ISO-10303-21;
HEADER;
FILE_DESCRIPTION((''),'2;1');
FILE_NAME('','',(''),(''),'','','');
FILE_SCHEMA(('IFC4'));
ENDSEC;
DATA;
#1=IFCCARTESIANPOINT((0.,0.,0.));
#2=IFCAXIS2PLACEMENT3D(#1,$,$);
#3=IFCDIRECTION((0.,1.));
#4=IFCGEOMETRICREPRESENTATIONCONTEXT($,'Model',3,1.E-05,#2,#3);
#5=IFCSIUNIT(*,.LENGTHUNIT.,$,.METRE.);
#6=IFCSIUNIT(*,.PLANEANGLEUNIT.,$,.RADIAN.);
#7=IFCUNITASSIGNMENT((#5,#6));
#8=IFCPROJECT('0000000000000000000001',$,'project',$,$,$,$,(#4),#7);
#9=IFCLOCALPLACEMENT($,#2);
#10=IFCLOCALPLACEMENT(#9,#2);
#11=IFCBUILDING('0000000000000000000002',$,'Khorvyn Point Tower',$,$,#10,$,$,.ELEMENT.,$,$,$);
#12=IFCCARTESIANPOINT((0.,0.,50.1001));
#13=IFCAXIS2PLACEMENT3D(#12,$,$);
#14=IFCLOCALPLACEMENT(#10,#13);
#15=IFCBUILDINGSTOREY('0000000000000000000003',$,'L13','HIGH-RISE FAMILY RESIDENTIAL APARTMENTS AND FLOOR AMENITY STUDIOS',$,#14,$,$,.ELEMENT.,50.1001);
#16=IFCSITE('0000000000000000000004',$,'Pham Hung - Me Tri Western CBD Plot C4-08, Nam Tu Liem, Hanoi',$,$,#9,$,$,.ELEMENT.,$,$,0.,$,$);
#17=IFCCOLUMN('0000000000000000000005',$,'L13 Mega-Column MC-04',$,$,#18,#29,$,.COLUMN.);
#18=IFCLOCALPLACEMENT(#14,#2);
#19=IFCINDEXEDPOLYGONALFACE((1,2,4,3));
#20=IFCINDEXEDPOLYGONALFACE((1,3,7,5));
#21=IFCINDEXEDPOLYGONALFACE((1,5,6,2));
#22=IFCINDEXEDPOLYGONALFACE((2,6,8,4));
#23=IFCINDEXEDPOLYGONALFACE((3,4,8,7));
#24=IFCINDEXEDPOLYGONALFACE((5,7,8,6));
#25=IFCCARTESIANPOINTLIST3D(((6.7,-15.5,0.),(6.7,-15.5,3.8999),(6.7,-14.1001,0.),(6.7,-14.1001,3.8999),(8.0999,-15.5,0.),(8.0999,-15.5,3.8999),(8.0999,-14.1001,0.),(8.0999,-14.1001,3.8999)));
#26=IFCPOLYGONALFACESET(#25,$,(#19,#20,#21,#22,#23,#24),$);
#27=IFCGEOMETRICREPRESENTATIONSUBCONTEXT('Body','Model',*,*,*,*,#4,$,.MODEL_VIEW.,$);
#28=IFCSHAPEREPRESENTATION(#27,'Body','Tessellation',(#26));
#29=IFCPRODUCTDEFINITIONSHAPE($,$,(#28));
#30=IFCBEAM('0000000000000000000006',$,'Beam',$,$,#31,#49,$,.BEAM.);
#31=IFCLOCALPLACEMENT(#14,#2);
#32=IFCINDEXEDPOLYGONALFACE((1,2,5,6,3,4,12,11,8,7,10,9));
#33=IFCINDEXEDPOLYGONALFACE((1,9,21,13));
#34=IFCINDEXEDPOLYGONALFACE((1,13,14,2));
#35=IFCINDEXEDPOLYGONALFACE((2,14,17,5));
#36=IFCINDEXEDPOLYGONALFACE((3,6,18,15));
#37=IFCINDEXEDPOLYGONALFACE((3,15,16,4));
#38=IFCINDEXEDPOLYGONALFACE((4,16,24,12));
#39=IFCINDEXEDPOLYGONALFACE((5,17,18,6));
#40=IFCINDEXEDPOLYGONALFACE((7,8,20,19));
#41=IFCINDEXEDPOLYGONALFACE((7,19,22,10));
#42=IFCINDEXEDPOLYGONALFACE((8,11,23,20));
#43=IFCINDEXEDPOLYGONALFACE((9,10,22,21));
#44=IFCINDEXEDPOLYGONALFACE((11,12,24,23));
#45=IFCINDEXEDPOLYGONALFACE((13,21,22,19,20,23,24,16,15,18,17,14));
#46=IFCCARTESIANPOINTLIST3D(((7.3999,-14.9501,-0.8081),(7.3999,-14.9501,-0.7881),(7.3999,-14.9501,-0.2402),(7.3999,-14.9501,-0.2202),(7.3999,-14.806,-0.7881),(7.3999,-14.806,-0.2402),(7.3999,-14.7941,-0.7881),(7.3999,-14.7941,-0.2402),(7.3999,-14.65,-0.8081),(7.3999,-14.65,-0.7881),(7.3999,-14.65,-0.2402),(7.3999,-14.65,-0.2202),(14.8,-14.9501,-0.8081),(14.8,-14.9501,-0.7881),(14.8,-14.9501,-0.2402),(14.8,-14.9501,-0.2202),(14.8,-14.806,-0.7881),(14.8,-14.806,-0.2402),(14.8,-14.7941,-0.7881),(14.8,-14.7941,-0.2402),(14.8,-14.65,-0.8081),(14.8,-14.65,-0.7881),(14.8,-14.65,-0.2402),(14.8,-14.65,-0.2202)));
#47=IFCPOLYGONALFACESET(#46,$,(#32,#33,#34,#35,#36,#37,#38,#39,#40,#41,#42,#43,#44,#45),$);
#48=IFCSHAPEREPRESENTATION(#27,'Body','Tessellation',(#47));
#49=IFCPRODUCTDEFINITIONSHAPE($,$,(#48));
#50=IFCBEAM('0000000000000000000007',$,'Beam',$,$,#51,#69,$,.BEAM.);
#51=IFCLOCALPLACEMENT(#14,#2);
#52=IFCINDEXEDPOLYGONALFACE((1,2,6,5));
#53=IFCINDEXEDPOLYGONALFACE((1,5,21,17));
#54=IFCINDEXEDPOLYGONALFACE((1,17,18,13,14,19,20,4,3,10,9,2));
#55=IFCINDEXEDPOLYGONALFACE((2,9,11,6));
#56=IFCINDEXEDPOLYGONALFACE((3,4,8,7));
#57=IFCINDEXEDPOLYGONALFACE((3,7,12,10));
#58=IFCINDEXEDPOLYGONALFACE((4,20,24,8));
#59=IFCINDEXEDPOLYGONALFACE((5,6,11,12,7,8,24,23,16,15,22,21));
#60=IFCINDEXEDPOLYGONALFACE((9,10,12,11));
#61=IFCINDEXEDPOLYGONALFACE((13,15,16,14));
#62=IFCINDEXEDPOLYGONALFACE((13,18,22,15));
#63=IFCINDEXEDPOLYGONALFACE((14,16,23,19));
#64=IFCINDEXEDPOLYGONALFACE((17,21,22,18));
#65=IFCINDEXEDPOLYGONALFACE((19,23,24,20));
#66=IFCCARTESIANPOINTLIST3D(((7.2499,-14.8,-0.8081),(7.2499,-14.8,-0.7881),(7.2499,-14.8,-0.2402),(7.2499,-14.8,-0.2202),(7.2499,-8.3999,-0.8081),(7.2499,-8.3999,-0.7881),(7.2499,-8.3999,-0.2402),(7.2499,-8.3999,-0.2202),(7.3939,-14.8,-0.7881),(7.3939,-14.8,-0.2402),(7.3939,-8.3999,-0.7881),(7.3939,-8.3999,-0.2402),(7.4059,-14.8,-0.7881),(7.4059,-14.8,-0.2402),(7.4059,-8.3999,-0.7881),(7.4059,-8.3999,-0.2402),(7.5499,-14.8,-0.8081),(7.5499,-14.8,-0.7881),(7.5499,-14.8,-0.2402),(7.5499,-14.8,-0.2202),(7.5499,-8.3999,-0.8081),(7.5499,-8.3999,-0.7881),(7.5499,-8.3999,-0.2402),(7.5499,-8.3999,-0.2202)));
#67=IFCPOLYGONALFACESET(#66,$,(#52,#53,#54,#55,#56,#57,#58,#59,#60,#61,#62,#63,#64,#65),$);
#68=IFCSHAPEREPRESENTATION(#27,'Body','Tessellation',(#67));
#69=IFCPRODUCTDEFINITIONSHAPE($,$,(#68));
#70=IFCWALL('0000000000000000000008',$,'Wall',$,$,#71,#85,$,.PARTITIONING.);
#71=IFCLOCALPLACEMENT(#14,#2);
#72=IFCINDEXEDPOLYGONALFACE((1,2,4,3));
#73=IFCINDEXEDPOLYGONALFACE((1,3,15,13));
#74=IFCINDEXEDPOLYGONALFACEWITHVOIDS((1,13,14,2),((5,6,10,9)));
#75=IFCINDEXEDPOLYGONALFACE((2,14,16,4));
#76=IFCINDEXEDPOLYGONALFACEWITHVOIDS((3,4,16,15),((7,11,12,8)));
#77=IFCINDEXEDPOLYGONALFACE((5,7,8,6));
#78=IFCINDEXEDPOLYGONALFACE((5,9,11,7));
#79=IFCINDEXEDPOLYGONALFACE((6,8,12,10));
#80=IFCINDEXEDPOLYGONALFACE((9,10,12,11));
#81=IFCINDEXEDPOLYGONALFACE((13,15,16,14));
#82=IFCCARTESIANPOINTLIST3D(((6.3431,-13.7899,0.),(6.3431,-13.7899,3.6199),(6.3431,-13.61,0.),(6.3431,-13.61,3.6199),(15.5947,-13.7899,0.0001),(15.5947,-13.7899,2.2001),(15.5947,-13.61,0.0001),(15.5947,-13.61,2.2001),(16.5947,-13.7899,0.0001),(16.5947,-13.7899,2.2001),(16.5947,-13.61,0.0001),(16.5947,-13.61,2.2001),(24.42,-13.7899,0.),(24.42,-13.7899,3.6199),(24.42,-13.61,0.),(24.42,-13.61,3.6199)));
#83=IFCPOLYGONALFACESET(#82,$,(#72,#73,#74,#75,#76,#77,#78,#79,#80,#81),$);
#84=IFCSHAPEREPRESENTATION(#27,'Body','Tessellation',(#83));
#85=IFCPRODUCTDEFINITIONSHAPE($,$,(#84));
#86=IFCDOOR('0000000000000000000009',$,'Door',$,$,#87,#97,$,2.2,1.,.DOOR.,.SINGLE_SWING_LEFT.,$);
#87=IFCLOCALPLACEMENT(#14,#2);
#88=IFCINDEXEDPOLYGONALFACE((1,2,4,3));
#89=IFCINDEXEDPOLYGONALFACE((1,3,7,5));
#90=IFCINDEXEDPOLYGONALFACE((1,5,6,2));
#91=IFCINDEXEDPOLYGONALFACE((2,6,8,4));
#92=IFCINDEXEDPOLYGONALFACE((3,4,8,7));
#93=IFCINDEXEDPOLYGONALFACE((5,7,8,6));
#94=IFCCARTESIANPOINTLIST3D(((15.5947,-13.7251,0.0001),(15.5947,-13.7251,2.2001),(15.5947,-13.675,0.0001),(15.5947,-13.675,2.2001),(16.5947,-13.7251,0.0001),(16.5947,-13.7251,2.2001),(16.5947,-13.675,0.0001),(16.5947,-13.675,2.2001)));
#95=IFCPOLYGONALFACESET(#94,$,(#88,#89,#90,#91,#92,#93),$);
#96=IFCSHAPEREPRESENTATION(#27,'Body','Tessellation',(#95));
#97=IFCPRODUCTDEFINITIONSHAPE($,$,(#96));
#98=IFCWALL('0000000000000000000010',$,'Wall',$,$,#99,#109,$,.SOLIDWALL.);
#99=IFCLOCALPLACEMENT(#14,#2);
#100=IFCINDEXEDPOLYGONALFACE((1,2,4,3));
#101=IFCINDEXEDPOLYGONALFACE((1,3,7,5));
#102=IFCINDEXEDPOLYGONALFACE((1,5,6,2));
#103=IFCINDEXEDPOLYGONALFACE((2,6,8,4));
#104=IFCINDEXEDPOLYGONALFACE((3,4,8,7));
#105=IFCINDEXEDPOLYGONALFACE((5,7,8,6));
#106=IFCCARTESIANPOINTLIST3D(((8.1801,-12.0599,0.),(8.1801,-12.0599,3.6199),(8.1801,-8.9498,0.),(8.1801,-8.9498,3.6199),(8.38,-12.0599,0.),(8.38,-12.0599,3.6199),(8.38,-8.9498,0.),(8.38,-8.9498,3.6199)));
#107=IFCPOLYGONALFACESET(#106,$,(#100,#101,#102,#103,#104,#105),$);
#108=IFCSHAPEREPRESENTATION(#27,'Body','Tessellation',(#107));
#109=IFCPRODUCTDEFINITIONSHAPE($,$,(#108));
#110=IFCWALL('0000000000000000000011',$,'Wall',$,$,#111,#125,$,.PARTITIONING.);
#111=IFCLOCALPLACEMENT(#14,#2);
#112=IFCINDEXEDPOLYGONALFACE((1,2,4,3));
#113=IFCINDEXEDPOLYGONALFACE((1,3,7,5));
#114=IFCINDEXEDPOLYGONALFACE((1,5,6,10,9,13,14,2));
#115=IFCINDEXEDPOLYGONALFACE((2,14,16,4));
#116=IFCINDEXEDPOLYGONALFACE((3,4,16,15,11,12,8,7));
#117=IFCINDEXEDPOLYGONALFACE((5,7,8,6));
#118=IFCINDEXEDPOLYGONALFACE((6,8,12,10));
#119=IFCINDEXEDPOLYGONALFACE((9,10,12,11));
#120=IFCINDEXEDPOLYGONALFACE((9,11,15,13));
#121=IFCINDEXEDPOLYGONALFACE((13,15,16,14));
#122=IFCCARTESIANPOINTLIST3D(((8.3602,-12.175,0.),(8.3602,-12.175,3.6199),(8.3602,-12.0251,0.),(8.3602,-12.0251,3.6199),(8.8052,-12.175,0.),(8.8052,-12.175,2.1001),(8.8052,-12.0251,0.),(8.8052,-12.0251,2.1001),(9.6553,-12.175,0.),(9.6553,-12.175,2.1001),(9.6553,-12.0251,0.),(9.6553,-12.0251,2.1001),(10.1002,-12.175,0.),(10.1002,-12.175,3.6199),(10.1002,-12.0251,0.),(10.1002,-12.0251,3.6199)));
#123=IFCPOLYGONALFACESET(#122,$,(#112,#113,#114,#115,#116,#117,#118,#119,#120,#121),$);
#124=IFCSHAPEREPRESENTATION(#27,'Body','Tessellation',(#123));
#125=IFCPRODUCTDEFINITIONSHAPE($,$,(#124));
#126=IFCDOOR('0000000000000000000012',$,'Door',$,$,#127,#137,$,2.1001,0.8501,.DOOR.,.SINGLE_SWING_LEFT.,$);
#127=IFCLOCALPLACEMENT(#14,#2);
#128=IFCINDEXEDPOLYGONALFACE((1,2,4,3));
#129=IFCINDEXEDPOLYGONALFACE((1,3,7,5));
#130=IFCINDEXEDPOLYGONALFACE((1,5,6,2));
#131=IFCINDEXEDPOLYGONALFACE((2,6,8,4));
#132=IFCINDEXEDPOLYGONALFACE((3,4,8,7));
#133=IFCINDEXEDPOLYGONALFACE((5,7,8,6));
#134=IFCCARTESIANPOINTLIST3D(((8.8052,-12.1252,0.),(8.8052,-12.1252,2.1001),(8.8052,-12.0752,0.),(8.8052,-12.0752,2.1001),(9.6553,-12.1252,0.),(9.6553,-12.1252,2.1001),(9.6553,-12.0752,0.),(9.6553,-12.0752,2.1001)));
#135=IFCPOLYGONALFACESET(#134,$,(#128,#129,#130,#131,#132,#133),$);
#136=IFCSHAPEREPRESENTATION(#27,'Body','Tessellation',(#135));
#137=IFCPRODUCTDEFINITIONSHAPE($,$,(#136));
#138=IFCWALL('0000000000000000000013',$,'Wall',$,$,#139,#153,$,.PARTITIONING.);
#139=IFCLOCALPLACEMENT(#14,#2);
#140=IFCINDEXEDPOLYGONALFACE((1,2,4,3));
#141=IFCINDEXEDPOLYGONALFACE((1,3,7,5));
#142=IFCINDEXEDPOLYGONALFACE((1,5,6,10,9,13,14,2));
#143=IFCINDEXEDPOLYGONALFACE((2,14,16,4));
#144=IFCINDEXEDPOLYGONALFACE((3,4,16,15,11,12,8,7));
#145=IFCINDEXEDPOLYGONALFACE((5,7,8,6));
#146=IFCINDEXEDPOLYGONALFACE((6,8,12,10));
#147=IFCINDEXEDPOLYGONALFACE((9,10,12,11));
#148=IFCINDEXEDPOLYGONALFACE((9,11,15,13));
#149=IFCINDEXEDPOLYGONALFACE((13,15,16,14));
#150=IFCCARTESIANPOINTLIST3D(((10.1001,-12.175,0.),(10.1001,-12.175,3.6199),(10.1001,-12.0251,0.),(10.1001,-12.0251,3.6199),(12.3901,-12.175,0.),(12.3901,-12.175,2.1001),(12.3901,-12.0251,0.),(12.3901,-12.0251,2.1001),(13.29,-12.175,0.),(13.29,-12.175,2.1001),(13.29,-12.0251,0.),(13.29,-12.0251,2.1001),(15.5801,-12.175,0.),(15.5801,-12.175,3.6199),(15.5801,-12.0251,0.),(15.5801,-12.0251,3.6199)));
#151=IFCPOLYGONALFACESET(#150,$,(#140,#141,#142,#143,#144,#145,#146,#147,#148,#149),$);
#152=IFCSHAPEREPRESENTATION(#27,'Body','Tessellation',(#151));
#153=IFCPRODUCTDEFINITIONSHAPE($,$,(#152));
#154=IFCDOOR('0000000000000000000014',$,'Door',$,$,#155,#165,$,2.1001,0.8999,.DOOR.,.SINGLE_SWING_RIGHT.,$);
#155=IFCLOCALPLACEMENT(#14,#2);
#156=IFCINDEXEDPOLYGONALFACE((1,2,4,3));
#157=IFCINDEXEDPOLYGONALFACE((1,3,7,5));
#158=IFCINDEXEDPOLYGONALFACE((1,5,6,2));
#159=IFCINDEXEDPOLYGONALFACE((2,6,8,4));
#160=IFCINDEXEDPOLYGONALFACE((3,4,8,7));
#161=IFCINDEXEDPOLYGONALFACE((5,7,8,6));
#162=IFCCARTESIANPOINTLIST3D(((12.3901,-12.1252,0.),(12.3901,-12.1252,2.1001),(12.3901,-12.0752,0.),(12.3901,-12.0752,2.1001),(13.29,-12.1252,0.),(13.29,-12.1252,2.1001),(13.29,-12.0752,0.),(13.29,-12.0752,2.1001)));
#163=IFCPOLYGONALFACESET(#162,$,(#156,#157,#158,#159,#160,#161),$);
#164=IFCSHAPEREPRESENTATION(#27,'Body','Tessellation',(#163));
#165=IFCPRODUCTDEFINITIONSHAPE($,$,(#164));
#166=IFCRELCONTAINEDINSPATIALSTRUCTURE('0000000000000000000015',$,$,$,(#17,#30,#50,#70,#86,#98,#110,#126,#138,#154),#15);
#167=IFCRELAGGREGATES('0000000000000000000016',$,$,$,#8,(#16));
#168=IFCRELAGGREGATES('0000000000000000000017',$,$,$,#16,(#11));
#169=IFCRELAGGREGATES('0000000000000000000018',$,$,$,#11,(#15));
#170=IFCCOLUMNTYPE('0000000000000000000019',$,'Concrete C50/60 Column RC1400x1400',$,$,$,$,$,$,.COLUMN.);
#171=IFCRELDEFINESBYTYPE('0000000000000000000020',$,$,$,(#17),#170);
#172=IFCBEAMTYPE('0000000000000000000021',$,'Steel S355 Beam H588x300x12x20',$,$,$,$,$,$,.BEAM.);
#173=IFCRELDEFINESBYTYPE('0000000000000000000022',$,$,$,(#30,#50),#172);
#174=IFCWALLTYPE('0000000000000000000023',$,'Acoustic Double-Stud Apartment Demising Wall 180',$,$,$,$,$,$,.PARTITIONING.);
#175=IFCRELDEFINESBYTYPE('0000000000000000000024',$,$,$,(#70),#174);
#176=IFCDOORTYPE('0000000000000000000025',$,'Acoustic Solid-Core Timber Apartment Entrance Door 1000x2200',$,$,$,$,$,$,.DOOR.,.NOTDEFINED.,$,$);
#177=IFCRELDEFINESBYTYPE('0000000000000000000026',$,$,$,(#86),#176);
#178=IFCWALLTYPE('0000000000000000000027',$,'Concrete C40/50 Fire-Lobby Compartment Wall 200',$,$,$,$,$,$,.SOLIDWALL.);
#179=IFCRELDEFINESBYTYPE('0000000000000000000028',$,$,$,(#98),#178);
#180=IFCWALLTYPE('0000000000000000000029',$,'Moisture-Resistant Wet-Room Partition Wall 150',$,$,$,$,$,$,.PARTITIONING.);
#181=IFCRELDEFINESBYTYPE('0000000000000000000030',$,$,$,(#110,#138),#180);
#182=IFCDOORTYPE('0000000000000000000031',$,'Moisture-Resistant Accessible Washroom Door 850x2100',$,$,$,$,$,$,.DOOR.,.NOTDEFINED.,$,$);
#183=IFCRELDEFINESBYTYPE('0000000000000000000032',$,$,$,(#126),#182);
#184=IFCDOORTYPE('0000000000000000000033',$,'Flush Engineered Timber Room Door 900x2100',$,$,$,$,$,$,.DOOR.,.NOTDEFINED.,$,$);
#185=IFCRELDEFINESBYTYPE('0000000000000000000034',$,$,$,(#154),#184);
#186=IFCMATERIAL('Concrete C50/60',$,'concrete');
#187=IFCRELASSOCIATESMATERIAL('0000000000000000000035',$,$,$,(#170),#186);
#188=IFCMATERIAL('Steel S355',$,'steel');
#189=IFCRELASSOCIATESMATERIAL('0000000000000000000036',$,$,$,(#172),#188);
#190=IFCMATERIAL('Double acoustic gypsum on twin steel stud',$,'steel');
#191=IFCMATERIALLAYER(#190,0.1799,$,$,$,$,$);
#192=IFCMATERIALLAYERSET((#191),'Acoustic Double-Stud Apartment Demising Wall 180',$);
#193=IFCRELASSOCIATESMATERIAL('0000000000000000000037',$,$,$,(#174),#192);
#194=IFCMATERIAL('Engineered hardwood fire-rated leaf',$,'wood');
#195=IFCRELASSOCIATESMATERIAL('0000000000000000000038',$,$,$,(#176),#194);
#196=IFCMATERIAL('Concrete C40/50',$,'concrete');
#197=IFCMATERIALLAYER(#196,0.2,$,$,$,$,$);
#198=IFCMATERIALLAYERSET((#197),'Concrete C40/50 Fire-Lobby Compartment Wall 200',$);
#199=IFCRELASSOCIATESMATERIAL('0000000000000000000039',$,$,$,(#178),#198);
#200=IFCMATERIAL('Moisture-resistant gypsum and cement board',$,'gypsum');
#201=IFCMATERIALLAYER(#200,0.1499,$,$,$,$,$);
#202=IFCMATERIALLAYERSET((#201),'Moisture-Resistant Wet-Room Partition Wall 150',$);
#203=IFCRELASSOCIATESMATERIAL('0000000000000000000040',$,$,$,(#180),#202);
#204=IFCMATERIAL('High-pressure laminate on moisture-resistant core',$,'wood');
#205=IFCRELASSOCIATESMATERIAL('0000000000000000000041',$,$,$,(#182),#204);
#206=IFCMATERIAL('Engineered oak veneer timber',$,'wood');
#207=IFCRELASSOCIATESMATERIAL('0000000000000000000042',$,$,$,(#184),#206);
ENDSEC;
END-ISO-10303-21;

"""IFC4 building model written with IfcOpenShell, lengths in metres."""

from ifc_helpers import new_model, si_unit, direction, frame, frame_2d, origin, origin_2d, place, context, subcontext, project, spatial, rectangle, i_section, extrude, material, layer, layer_set, material_profile, profile_set, type_object, element, fill, save


model = new_model("IFC4")

# Units and contexts
model_context = context("Model", 3, precision=1e-05, world=origin(), true_north=direction((0.0, 1.0)))
body_context = subcontext(model_context, "Body", "Model", "MODEL_VIEW")
ifc_project = project(units=[si_unit("LENGTHUNIT", "METRE"), si_unit("PLANEANGLEUNIT", "RADIAN")], contexts=[model_context])

# Site, building, storey
site_placement = place(None, origin())
site = spatial("IfcSite", under=ifc_project, at=site_placement, Name="Pham Hung - Me Tri Western CBD Plot C4-08, Nam Tu Liem, Hanoi", CompositionType="ELEMENT", RefElevation=0.0)
building_placement = place(site_placement, origin())
building = spatial("IfcBuilding", under=site, at=building_placement, Name="Khorvyn Point Tower", CompositionType="ELEMENT")
storey_placement = place(building_placement, frame((0.0, 0.0, 50.1001)))
storey = spatial("IfcBuildingStorey", under=building, at=storey_placement, Name="L13", Description="HIGH-RISE FAMILY RESIDENTIAL APARTMENTS AND FLOOR AMENITY STUDIOS", CompositionType="ELEMENT", Elevation=50.1001)

# Column
ifc_material_1 = material(Name="Concrete C50/60", Category="concrete")
ifc_material_profile_1 = material_profile(ifc_material_1, rectangle(XDim=1.3999, YDim=1.3999, at=origin_2d()))
ifc_profile_set_1 = profile_set([ifc_material_profile_1], Name="Concrete C50/60 RC1400x1400")
column_type = type_object("IfcColumnType", Name="Concrete C50/60 Column RC1400x1400", PredefinedType="COLUMN", material=ifc_profile_set_1)
column_placement = place(storey_placement, frame((7.3999, -14.8, 0.0), z_axis=(0.0, 0.0, 1.0), x_axis=(1.0, 0.0, 0.0)))
element("IfcColumn", 1, at=column_placement, inside=storey, type_object=column_type, Name="L13 Mega-Column MC-04", PredefinedType="COLUMN", context=body_context, shape_type="SweptSolid", body=[
    extrude(rectangle(XDim=1.3999, YDim=1.3999, at=origin_2d()), origin(), (0.0, 0.0, 1.0), 3.8999),
])

# Beams
ifc_material_2 = material(Name="Steel S355", Category="steel")
ifc_material_profile_2 = material_profile(ifc_material_2, i_section(OverallWidth=0.3, OverallDepth=0.5879, WebThickness=0.012, FlangeThickness=0.02, at=origin_2d()))
ifc_profile_set_2 = profile_set([ifc_material_profile_2], Name="Steel S355 H588x300x12x20")
beam_type = type_object("IfcBeamType", Name="Steel S355 Beam H588x300x12x20", PredefinedType="BEAM", material=ifc_profile_set_2)
beam_1_placement = place(storey_placement, frame((7.3999, -14.8, -0.5142), z_axis=(1.0, 0.0, 0.0), x_axis=(0.0, 1.0, 0.0)))
element("IfcBeam", 2, at=beam_1_placement, inside=storey, type_object=beam_type, Name="Beam", PredefinedType="BEAM", context=body_context, shape_type="SweptSolid", body=[
    extrude(i_section(OverallWidth=0.3, OverallDepth=0.5879, WebThickness=0.012, FlangeThickness=0.02, at=origin_2d()), origin(), (0.0, 0.0, 1.0), 7.4001),
])
beam_2_placement = place(storey_placement, frame((7.3999, -14.8, -0.5142), z_axis=(0.0, 1.0, 0.0), x_axis=(-1.0, 0.0, 0.0)))
element("IfcBeam", 3, at=beam_2_placement, inside=storey, type_object=beam_type, Name="Beam", PredefinedType="BEAM", context=body_context, shape_type="SweptSolid", body=[
    extrude(i_section(OverallWidth=0.3, OverallDepth=0.5879, WebThickness=0.012, FlangeThickness=0.02, at=origin_2d()), origin(), (0.0, 0.0, 1.0), 6.4001),
])

# Wall, opening, door
ifc_material_3 = material(Name="Double acoustic gypsum on twin steel stud", Category="steel")
ifc_layer_1 = layer(ifc_material_3, 0.1799)
ifc_layer_set_1 = layer_set([ifc_layer_1], Name="Acoustic Double-Stud Apartment Demising Wall 180")
wall_type_1 = type_object("IfcWallType", Name="Acoustic Double-Stud Apartment Demising Wall 180", PredefinedType="PARTITIONING", material=ifc_layer_set_1)
wall_1_placement = place(storey_placement, frame((6.343, -13.7, 0.0), z_axis=(0.0, 0.0, 1.0), x_axis=(1.0, 0.0, 0.0)))
wall_1 = element("IfcWall", 4, at=wall_1_placement, inside=storey, type_object=wall_type_1, Name="Wall", PredefinedType="PARTITIONING", context=body_context, shape_type="SweptSolid", body=[
    extrude(rectangle(XDim=18.0769, YDim=0.1799, at=frame_2d((9.0386, 0.0))), origin(), (0.0, 0.0, 1.0), 3.6199),
])
opening_1_placement = place(wall_1_placement, frame((9.2517, 0.0, 0.0)))
opening_1 = element("IfcOpeningElement", 5, at=opening_1_placement, cuts=wall_1, PredefinedType="OPENING", context=body_context, shape_type="SweptSolid", body=[
    extrude(rectangle(XDim=1.0, YDim=2.2, at=frame_2d((0.5, 1.1001))), frame((0.0, 0.0999, 0.0), z_axis=(0.0, -1.0, 0.0), x_axis=(1.0, 0.0, 0.0)), (0.0, 0.0, 1.0), 0.2),
])
ifc_material_4 = material(Name="Engineered hardwood fire-rated leaf", Category="wood")
door_type_1 = type_object("IfcDoorType", Name="Acoustic Solid-Core Timber Apartment Entrance Door 1000x2200", OperationType="NOTDEFINED", PredefinedType="DOOR", material=ifc_material_4)
door_1_placement = place(opening_1_placement, origin())
door_1 = element("IfcDoor", 6, at=door_1_placement, inside=storey, type_object=door_type_1, Name="Door", OperationType="SINGLE_SWING_LEFT", OverallHeight=2.2, OverallWidth=1.0, PredefinedType="DOOR", context=body_context, shape_type="SweptSolid", body=[
    extrude(rectangle(XDim=1.0, YDim=2.2, at=frame_2d((0.5, 1.1001))), frame((0.0, 0.0249, 0.0), z_axis=(0.0, -1.0, 0.0), x_axis=(1.0, 0.0, 0.0)), (0.0, 0.0, 1.0), 0.05),
])
fill(opening_1, door_1)
ifc_material_5 = material(Name="Concrete C40/50", Category="concrete")
ifc_layer_2 = layer(ifc_material_5, 0.2)
ifc_layer_set_2 = layer_set([ifc_layer_2], Name="Concrete C40/50 Fire-Lobby Compartment Wall 200")
wall_type_2 = type_object("IfcWallType", Name="Concrete C40/50 Fire-Lobby Compartment Wall 200", PredefinedType="SOLIDWALL", material=ifc_layer_set_2)

# Wall
wall_2_placement = place(storey_placement, frame((8.28, -12.0601, 0.0), z_axis=(0.0, 0.0, 1.0), x_axis=(0.0, 1.0, 0.0)))
element("IfcWall", 7, at=wall_2_placement, inside=storey, type_object=wall_type_2, Name="Wall", PredefinedType="SOLIDWALL", context=body_context, shape_type="SweptSolid", body=[
    extrude(rectangle(XDim=3.1101, YDim=0.2, at=frame_2d((1.5552, 0.0))), origin(), (0.0, 0.0, 1.0), 3.6199),
])

# Walls, openings, doors
ifc_material_6 = material(Name="Moisture-resistant gypsum and cement board", Category="gypsum")
ifc_layer_3 = layer(ifc_material_6, 0.1499)
ifc_layer_set_3 = layer_set([ifc_layer_3], Name="Moisture-Resistant Wet-Room Partition Wall 150")
wall_type_3 = type_object("IfcWallType", Name="Moisture-Resistant Wet-Room Partition Wall 150", PredefinedType="PARTITIONING", material=ifc_layer_set_3)
wall_3_placement = place(storey_placement, frame((8.3601, -12.1001, 0.0), z_axis=(0.0, 0.0, 1.0), x_axis=(1.0, 0.0, 0.0)))
wall_3 = element("IfcWall", 8, at=wall_3_placement, inside=storey, type_object=wall_type_3, Name="Wall", PredefinedType="PARTITIONING", context=body_context, shape_type="SweptSolid", body=[
    extrude(rectangle(XDim=1.74, YDim=0.1499, at=frame_2d((0.8701, 0.0))), origin(), (0.0, 0.0, 1.0), 3.6199),
])
opening_2_placement = place(wall_3_placement, frame((0.4451, 0.0, 0.0)))
opening_2 = element("IfcOpeningElement", 9, at=opening_2_placement, cuts=wall_3, PredefinedType="OPENING", context=body_context, shape_type="SweptSolid", body=[
    extrude(rectangle(XDim=0.8501, YDim=2.1001, at=frame_2d((0.425, 1.05))), frame((0.0, 0.085, 0.0), z_axis=(0.0, -1.0, 0.0), x_axis=(1.0, 0.0, 0.0)), (0.0, 0.0, 1.0), 0.1699),
])
ifc_material_7 = material(Name="High-pressure laminate on moisture-resistant core", Category="wood")
door_type_2 = type_object("IfcDoorType", Name="Moisture-Resistant Accessible Washroom Door 850x2100", OperationType="NOTDEFINED", PredefinedType="DOOR", material=ifc_material_7)
door_2_placement = place(opening_2_placement, origin())
door_2 = element("IfcDoor", 10, at=door_2_placement, inside=storey, type_object=door_type_2, Name="Door", OperationType="SINGLE_SWING_LEFT", OverallHeight=2.1001, OverallWidth=0.8501, PredefinedType="DOOR", context=body_context, shape_type="SweptSolid", body=[
    extrude(rectangle(XDim=0.8501, YDim=2.1001, at=frame_2d((0.425, 1.05))), frame((0.0, 0.0249, 0.0), z_axis=(0.0, -1.0, 0.0), x_axis=(1.0, 0.0, 0.0)), (0.0, 0.0, 1.0), 0.05),
])
fill(opening_2, door_2)
wall_4_placement = place(storey_placement, frame((10.1001, -12.1001, 0.0), z_axis=(0.0, 0.0, 1.0), x_axis=(1.0, 0.0, 0.0)))
wall_4 = element("IfcWall", 11, at=wall_4_placement, inside=storey, type_object=wall_type_3, Name="Wall", PredefinedType="PARTITIONING", context=body_context, shape_type="SweptSolid", body=[
    extrude(rectangle(XDim=5.48, YDim=0.1499, at=frame_2d((2.74, 0.0))), origin(), (0.0, 0.0, 1.0), 3.6199),
])
opening_3_placement = place(wall_4_placement, frame((2.29, 0.0, 0.0)))
opening_3 = element("IfcOpeningElement", 12, at=opening_3_placement, cuts=wall_4, PredefinedType="OPENING", context=body_context, shape_type="SweptSolid", body=[
    extrude(rectangle(XDim=0.8999, YDim=2.1001, at=frame_2d((0.45, 1.05))), frame((0.0, 0.085, 0.0), z_axis=(0.0, -1.0, 0.0), x_axis=(1.0, 0.0, 0.0)), (0.0, 0.0, 1.0), 0.1699),
])
ifc_material_8 = material(Name="Engineered oak veneer timber", Category="wood")
door_type_3 = type_object("IfcDoorType", Name="Flush Engineered Timber Room Door 900x2100", OperationType="NOTDEFINED", PredefinedType="DOOR", material=ifc_material_8)
door_3_placement = place(opening_3_placement, origin())
door_3 = element("IfcDoor", 13, at=door_3_placement, inside=storey, type_object=door_type_3, Name="Door", OperationType="SINGLE_SWING_RIGHT", OverallHeight=2.1001, OverallWidth=0.8999, PredefinedType="DOOR", context=body_context, shape_type="SweptSolid", body=[
    extrude(rectangle(XDim=0.8999, YDim=2.1001, at=frame_2d((0.45, 1.05))), frame((0.0, 0.0249, 0.0), z_axis=(0.0, -1.0, 0.0), x_axis=(1.0, 0.0, 0.0)), (0.0, 0.0, 1.0), 0.05),
])
fill(opening_3, door_3)

save(model, "model.ifc")
